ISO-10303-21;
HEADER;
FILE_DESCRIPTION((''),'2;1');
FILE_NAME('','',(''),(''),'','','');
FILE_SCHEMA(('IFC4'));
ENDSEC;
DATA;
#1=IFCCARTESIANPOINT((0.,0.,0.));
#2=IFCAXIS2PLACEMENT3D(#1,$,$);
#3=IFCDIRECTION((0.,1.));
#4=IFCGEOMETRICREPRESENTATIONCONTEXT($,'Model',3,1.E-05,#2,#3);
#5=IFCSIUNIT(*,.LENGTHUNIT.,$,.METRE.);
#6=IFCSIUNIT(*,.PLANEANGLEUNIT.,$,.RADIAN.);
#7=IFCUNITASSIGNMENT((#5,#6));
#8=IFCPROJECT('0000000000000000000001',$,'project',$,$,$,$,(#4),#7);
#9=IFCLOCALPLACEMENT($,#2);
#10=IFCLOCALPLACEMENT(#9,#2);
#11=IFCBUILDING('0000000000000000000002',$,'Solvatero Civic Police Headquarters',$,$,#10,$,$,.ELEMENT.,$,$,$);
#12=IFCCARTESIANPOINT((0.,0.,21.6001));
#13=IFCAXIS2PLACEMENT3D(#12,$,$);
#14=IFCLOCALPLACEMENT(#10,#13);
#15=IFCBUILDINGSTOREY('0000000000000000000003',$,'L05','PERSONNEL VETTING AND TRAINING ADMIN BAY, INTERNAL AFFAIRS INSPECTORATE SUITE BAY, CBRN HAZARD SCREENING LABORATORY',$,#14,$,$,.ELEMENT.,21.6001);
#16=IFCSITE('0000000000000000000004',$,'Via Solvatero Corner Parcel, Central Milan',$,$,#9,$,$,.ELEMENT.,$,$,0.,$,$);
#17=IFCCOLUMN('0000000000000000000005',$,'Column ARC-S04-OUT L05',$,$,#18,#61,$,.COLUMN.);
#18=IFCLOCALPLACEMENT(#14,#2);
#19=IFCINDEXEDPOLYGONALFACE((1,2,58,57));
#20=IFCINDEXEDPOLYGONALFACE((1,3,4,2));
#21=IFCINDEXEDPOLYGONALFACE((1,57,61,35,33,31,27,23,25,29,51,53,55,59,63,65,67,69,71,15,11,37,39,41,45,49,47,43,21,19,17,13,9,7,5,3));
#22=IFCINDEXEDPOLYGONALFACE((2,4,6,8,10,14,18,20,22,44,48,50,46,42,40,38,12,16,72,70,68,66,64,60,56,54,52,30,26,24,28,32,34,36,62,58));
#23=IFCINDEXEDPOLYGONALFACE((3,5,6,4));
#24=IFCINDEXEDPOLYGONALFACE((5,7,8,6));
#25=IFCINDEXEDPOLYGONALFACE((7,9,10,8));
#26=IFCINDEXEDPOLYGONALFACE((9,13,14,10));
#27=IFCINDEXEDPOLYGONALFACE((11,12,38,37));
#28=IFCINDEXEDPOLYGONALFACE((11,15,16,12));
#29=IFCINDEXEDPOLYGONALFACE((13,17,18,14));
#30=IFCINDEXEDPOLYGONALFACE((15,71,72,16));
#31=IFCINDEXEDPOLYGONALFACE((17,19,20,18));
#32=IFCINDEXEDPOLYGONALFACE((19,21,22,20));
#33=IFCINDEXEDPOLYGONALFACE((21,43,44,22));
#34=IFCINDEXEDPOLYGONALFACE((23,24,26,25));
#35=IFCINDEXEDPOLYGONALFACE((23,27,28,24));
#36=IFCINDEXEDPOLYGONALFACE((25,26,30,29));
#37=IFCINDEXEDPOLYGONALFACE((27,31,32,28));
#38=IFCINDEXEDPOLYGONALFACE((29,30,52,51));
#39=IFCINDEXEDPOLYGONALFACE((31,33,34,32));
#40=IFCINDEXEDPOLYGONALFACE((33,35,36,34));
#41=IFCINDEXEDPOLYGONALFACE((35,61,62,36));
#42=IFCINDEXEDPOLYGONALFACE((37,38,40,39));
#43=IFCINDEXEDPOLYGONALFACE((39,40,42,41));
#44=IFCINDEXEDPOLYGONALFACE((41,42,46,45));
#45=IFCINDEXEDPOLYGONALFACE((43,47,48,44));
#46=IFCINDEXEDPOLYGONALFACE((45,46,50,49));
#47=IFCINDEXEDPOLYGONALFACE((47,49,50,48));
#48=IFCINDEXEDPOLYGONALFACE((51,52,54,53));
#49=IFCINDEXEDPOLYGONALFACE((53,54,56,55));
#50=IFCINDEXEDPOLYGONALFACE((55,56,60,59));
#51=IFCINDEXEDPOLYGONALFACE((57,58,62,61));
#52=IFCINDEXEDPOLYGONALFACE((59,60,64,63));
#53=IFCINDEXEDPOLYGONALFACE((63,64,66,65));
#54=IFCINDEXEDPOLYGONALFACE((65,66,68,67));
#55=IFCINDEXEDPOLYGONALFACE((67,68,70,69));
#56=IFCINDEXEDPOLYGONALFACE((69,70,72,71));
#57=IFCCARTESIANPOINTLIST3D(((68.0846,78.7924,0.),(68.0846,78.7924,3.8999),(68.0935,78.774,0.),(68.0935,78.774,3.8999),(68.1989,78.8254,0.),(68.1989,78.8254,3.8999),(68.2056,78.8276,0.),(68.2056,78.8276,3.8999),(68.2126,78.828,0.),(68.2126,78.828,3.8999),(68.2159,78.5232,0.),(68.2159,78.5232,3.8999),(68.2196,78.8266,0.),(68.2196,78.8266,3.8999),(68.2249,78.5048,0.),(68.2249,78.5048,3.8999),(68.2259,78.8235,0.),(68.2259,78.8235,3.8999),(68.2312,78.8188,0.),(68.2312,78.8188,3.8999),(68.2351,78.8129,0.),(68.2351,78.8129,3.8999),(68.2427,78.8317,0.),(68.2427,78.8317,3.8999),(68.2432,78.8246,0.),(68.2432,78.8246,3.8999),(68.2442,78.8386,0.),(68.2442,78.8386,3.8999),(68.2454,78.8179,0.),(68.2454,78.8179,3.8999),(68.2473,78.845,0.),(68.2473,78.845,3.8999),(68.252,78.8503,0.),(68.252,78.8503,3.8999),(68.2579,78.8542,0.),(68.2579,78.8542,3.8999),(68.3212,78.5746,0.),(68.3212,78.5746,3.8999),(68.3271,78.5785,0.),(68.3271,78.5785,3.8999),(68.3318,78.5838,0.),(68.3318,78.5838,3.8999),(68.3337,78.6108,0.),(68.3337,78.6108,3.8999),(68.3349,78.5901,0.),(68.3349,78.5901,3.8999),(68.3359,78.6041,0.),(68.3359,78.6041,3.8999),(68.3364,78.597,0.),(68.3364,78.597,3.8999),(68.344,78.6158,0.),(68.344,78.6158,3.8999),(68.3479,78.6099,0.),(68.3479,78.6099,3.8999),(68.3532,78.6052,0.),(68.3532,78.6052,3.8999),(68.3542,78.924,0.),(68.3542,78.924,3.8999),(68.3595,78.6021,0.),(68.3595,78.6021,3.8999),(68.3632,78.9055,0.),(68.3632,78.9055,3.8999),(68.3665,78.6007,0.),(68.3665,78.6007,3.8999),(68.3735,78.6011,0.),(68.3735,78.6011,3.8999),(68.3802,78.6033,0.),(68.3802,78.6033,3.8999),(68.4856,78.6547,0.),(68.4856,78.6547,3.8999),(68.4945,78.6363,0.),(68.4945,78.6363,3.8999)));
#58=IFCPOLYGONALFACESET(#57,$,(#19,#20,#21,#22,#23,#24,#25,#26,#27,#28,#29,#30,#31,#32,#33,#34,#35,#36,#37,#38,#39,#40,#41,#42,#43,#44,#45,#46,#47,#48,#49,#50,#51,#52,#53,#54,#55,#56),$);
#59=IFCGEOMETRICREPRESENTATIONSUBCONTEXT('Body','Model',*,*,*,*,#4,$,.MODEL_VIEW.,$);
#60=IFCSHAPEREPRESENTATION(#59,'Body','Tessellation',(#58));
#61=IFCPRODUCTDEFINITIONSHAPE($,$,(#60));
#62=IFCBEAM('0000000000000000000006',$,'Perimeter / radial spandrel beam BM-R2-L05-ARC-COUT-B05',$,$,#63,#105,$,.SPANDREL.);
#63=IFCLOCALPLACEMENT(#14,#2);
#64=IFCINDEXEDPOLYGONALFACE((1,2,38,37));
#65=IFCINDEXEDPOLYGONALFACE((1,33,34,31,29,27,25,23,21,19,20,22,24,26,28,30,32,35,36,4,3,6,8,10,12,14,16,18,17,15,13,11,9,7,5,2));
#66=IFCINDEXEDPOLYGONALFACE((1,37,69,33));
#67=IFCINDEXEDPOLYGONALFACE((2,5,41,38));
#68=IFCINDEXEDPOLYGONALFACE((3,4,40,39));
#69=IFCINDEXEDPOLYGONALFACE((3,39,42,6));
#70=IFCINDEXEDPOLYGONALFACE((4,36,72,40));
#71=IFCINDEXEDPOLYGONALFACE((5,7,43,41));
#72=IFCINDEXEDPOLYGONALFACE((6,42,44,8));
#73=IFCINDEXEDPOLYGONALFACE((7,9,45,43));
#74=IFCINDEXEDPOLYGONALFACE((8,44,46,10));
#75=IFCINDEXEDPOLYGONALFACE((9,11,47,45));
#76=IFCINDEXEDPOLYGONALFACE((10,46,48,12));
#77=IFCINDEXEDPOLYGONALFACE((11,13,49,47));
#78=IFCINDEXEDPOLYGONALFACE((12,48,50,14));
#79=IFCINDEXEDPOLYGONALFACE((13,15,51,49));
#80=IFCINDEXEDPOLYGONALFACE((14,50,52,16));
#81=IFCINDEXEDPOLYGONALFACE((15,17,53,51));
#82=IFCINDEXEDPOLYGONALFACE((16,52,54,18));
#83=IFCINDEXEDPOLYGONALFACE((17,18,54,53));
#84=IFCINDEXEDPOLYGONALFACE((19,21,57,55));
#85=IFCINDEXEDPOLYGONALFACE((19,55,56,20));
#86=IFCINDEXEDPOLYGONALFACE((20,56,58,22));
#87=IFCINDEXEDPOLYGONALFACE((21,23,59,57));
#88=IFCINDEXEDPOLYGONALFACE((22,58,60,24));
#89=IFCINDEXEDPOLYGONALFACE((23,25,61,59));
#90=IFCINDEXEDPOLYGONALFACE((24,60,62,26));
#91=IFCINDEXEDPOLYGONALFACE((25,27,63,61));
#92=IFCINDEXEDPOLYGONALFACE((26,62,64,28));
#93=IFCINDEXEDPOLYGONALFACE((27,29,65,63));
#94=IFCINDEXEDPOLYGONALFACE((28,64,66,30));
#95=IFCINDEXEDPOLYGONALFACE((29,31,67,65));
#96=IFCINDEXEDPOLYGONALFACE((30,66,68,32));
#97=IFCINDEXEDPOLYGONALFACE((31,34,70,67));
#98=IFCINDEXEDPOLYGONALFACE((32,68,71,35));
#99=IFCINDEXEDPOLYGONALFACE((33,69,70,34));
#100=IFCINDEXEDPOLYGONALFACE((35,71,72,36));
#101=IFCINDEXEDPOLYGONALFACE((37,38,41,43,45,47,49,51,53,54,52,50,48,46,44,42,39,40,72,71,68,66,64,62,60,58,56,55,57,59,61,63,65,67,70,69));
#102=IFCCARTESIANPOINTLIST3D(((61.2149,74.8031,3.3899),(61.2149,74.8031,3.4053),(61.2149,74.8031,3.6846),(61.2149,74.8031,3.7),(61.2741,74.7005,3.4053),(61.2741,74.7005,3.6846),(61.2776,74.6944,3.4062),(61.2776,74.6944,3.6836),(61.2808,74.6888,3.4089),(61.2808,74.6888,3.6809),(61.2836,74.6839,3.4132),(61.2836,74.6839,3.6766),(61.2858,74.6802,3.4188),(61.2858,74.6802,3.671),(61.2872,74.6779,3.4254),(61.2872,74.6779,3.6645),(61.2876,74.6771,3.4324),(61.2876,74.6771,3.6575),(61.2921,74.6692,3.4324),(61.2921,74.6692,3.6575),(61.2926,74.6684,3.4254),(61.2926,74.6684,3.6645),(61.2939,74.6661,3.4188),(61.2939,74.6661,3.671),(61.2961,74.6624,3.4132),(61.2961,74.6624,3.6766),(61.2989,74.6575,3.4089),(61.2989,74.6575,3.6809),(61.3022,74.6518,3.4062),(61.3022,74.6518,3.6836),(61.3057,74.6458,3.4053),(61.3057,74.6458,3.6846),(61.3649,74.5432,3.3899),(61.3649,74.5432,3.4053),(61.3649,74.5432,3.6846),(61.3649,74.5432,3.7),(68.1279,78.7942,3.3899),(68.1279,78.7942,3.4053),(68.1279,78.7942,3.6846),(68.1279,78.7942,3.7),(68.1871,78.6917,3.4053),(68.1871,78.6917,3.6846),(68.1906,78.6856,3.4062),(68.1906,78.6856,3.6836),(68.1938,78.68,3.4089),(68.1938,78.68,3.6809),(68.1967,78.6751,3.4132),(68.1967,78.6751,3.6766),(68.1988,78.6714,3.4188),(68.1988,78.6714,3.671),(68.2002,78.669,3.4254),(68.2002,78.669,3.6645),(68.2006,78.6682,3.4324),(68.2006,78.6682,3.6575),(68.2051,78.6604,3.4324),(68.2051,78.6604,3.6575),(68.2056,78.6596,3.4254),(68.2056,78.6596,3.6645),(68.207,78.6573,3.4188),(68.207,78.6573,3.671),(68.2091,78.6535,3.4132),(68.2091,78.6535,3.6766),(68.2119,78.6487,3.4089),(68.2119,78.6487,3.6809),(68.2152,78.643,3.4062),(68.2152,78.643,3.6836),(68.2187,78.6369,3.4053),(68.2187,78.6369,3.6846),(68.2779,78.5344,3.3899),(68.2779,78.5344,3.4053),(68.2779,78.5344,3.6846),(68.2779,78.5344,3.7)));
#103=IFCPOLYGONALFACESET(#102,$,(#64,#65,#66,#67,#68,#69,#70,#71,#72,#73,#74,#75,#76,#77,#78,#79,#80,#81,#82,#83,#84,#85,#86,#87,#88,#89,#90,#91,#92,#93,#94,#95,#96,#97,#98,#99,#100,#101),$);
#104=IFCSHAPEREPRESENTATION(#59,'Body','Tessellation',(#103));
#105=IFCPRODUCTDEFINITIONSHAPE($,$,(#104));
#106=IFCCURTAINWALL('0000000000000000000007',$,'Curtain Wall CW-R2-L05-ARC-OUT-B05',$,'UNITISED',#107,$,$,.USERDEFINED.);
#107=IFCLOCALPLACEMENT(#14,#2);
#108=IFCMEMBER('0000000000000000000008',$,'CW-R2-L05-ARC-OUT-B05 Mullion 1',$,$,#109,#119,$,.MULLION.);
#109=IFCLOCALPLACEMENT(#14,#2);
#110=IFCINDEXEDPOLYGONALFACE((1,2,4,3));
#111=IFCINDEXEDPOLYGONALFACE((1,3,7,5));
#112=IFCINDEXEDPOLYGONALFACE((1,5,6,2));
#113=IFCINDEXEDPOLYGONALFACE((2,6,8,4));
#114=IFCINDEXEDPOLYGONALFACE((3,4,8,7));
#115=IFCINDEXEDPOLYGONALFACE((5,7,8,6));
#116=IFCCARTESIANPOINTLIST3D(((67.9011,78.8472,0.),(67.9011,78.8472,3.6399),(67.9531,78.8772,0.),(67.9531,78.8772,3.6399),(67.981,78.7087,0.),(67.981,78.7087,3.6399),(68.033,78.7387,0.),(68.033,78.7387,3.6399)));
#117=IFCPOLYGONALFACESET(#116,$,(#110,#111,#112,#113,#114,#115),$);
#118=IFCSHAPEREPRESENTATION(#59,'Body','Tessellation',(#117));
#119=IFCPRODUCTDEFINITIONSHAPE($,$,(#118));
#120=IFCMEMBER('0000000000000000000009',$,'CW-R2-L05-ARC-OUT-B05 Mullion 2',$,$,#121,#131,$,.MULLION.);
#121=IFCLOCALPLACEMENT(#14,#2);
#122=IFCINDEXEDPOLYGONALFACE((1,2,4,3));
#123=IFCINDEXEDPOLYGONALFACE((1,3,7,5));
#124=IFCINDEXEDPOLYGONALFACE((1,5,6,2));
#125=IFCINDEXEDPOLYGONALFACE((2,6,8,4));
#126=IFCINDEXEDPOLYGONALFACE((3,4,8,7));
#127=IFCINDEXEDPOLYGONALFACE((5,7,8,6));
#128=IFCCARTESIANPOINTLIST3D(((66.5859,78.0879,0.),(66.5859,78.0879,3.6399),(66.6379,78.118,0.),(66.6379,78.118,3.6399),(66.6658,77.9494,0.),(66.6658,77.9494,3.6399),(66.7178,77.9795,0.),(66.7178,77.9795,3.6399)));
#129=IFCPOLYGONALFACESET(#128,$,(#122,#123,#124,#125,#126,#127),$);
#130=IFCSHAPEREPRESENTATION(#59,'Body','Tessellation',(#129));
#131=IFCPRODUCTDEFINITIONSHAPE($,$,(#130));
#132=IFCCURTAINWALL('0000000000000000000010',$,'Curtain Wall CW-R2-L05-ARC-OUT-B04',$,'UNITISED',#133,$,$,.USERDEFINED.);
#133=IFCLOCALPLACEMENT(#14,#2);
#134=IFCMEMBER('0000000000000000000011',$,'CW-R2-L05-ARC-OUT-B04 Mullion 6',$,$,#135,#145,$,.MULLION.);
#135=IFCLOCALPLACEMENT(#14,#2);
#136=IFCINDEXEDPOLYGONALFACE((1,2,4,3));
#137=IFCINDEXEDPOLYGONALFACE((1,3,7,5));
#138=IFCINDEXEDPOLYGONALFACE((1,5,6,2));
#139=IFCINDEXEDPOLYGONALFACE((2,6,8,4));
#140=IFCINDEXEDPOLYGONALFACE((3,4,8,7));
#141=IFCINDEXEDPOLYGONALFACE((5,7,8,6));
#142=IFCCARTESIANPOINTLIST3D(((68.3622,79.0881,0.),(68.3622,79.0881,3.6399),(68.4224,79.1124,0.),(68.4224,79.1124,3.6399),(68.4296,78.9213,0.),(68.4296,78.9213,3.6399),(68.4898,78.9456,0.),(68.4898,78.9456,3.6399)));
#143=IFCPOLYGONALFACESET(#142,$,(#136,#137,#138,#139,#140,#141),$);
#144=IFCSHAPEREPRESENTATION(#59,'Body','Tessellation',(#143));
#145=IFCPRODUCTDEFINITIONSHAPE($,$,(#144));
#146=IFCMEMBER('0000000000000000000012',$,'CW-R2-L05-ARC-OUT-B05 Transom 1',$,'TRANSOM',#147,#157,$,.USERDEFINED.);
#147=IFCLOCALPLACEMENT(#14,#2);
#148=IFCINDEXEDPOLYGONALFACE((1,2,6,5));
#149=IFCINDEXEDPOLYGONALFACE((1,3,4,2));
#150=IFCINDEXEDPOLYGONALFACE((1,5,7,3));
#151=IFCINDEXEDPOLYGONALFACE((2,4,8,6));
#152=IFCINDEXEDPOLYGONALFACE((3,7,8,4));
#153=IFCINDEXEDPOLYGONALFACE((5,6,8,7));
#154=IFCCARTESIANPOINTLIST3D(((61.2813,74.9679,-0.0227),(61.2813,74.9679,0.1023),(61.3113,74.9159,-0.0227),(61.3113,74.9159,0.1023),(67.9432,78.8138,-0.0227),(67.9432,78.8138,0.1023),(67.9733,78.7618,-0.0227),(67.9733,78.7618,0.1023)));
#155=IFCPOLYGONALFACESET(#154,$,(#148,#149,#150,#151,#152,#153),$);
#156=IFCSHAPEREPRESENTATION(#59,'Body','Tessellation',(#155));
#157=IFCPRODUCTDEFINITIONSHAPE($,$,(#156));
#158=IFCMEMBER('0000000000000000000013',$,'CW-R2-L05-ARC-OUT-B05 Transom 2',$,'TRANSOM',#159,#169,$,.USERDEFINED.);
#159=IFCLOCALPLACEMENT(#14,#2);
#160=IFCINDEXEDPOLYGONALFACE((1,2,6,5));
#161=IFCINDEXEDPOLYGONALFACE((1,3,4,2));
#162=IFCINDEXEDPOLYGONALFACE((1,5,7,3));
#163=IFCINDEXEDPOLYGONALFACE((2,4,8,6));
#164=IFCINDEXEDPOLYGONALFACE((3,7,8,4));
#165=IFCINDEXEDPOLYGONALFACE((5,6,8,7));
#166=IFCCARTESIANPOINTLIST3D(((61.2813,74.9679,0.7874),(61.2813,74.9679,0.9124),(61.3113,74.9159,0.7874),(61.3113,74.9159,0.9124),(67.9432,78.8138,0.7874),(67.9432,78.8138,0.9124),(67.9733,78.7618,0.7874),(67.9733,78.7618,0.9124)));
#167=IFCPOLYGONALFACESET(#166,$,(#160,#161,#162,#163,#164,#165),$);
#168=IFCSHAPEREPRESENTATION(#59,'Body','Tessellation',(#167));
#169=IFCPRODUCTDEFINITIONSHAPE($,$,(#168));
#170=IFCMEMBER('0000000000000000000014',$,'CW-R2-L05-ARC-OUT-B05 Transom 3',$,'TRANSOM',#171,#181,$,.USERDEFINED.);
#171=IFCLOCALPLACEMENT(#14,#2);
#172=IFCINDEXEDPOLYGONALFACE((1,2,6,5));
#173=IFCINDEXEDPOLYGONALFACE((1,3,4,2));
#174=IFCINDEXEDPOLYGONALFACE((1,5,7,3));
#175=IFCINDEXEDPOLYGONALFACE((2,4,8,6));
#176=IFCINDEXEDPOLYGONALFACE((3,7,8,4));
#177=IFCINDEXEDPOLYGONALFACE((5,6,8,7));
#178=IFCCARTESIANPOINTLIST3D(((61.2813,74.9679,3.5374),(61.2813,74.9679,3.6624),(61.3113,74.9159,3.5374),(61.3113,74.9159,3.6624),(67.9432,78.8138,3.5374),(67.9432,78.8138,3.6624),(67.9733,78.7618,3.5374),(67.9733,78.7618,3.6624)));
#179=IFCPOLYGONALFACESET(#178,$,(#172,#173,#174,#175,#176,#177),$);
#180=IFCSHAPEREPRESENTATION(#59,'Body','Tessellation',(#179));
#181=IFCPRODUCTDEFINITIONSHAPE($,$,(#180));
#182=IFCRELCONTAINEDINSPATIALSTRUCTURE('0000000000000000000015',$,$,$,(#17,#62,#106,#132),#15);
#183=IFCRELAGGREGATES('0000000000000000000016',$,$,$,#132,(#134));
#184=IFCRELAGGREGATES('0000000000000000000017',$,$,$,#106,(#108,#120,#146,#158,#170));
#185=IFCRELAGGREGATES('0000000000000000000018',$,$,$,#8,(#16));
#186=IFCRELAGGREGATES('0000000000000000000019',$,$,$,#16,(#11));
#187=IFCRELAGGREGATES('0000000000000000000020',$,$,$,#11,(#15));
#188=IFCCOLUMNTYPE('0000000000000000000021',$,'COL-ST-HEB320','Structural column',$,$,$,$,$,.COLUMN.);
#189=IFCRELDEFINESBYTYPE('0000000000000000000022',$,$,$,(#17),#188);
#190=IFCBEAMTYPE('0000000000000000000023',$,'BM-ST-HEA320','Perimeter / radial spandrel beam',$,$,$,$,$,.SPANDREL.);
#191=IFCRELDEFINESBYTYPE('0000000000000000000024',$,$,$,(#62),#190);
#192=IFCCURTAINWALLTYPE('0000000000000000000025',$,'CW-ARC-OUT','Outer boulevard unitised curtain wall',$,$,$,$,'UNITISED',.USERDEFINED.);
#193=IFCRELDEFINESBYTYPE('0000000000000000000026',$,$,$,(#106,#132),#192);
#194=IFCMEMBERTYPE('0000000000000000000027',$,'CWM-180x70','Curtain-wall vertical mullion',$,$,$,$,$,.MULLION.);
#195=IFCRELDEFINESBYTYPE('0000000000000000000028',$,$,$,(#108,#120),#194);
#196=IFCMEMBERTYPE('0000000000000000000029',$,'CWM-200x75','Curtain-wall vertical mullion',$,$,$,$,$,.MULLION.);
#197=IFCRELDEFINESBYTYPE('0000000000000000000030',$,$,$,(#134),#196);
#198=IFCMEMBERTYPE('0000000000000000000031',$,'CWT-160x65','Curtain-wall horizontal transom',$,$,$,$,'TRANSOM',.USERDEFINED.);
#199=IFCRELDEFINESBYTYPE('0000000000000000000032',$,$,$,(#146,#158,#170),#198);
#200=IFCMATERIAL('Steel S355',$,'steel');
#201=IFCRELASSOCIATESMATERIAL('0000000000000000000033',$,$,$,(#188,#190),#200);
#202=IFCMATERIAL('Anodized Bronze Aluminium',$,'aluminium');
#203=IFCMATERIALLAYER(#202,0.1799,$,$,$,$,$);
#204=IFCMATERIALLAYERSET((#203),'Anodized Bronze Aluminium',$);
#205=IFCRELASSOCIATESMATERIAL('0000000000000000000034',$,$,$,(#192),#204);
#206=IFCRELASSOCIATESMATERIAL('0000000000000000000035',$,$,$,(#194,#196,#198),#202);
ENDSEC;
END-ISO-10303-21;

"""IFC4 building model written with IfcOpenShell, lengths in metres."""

from ifc_helpers import new_model, si_unit, direction, frame, origin, origin_2d, place, context, subcontext, project, spatial, rectangle, i_section, extrude, material, layer, layer_set, material_profile, profile_set, type_object, element, aggregate, save


model = new_model("IFC4")

# Units and contexts
model_context = context("Model", 3, precision=1e-05, world=origin(), true_north=direction((0.0, 1.0)))
body_context = subcontext(model_context, "Body", "Model", "MODEL_VIEW")
ifc_project = project(units=[si_unit("LENGTHUNIT", "METRE"), si_unit("PLANEANGLEUNIT", "RADIAN")], contexts=[model_context])

# Site, building, storey
site_placement = place(None, origin())
site = spatial("IfcSite", under=ifc_project, at=site_placement, Name="Via Solvatero Corner Parcel, Central Milan", CompositionType="ELEMENT", RefElevation=0.0)
building_placement = place(site_placement, origin())
building = spatial("IfcBuilding", under=site, at=building_placement, Name="Solvatero Civic Police Headquarters", CompositionType="ELEMENT")
storey_placement = place(building_placement, frame((0.0, 0.0, 21.6001)))
storey = spatial("IfcBuildingStorey", under=building, at=storey_placement, Name="L05", Description="PERSONNEL VETTING AND TRAINING ADMIN BAY, INTERNAL AFFAIRS INSPECTORATE SUITE BAY, CBRN HAZARD SCREENING LABORATORY", CompositionType="ELEMENT", Elevation=21.6001)

# Column
ifc_material_1 = material(Name="Steel S355", Category="steel")
ifc_material_profile_1 = material_profile(ifc_material_1, i_section(OverallWidth=0.3, OverallDepth=0.3201, WebThickness=0.0115, FlangeThickness=0.0205, FilletRadius=0.0271, at=origin_2d()), Name="HEB 320")
ifc_profile_set_1 = profile_set([ifc_material_profile_1], Name="Steel S355")
column_type = type_object("IfcColumnType", Name="COL-ST-HEB320", Description="Structural column", PredefinedType="COLUMN", material=ifc_profile_set_1)
column_placement = place(storey_placement, frame((68.2896, 78.7144, 0.0), z_axis=(0.0, 0.0, 1.0), x_axis=(0.898794, 0.438371, 0.0)))
element("IfcColumn", 1, at=column_placement, inside=storey, type_object=column_type, Name="Column ARC-S04-OUT L05", PredefinedType="COLUMN", context=body_context, shape_type="SweptSolid", body=[
    extrude(i_section(OverallWidth=0.3, OverallDepth=0.3201, WebThickness=0.0115, FlangeThickness=0.0205, FilletRadius=0.0271, at=origin_2d()), origin(), (0.0, 0.0, 1.0), 3.8999),
])

# Beam
ifc_material_profile_2 = material_profile(ifc_material_1, i_section(OverallWidth=0.3, OverallDepth=0.3101, WebThickness=0.009, FlangeThickness=0.0154, FilletRadius=0.0271, at=origin_2d()), Name="HEA 320")
ifc_profile_set_2 = profile_set([ifc_material_profile_2], Name="Steel S355")
beam_type = type_object("IfcBeamType", Name="BM-ST-HEA320", Description="Perimeter / radial spandrel beam", PredefinedType="SPANDREL", material=ifc_profile_set_2)
beam_placement = place(storey_placement, frame((68.2029, 78.6643, 3.5449), z_axis=(-0.866029, -0.499994, 0.0), x_axis=(0.499994, -0.866029, 0.0)))
element("IfcBeam", 2, at=beam_placement, inside=storey, type_object=beam_type, Name="Perimeter / radial spandrel beam BM-R2-L05-ARC-COUT-B05", PredefinedType="SPANDREL", context=body_context, shape_type="SweptSolid", body=[
    extrude(i_section(OverallWidth=0.3, OverallDepth=0.3101, WebThickness=0.009, FlangeThickness=0.0154, FilletRadius=0.0271, at=origin_2d()), origin(), (0.0, 0.0, 1.0), 7.9824),
])

# Curtain wall, members
ifc_material_2 = material(Name="Anodized Bronze Aluminium", Category="aluminium")
ifc_layer_1 = layer(ifc_material_2, 0.1799)
ifc_layer_set_1 = layer_set([ifc_layer_1], Name="Anodized Bronze Aluminium")
curtain_wall_type = type_object("IfcCurtainWallType", Name="CW-ARC-OUT", Description="Outer boulevard unitised curtain wall", ElementType="UNITISED", PredefinedType="USERDEFINED", material=ifc_layer_set_1)
curtain_wall_1_placement = place(storey_placement, origin())
curtain_wall_1 = element("IfcCurtainWall", 3, at=curtain_wall_1_placement, inside=storey, type_object=curtain_wall_type, Name="Curtain Wall CW-R2-L05-ARC-OUT-B05", ObjectType="UNITISED", PredefinedType="USERDEFINED")
ifc_material_profile_3 = material_profile(ifc_material_2, rectangle(XDim=0.0601, YDim=0.1599, at=origin_2d()), Name="ALU MULLION 60x160")
ifc_profile_set_3 = profile_set([ifc_material_profile_3], Name="Anodized Bronze Aluminium")
member_type_1 = type_object("IfcMemberType", Name="CWM-180x70", Description="Curtain-wall vertical mullion", PredefinedType="MULLION", material=ifc_profile_set_3)
member_1_placement = place(storey_placement, frame((67.967, 78.793, 0.0), z_axis=(0.0, 0.0, 1.0), x_axis=(-0.866034, -0.499985, 0.0)))
member_1 = element("IfcMember", 4, at=member_1_placement, type_object=member_type_1, Name="CW-R2-L05-ARC-OUT-B05 Mullion 1", PredefinedType="MULLION", context=body_context, shape_type="SweptSolid", body=[
    extrude(rectangle(XDim=0.0601, YDim=0.1599, at=origin_2d()), origin(), (0.0, 0.0, 1.0), 3.6399),
])
member_2_placement = place(storey_placement, frame((66.6519, 78.0337, 0.0), z_axis=(0.0, 0.0, 1.0), x_axis=(-0.866034, -0.499985, 0.0)))
member_2 = element("IfcMember", 5, at=member_2_placement, type_object=member_type_1, Name="CW-R2-L05-ARC-OUT-B05 Mullion 2", PredefinedType="MULLION", context=body_context, shape_type="SweptSolid", body=[
    extrude(rectangle(XDim=0.0601, YDim=0.1599, at=origin_2d()), origin(), (0.0, 0.0, 1.0), 3.6399),
])

# Curtain wall, member
curtain_wall_2_placement = place(storey_placement, origin())
curtain_wall_2 = element("IfcCurtainWall", 6, at=curtain_wall_2_placement, inside=storey, type_object=curtain_wall_type, Name="Curtain Wall CW-R2-L05-ARC-OUT-B04", ObjectType="UNITISED", PredefinedType="USERDEFINED")
ifc_material_profile_4 = material_profile(ifc_material_2, rectangle(XDim=0.0649, YDim=0.1799, at=origin_2d()), Name="ALU MULLION 65x180")
ifc_profile_set_4 = profile_set([ifc_material_profile_4], Name="Anodized Bronze Aluminium")
member_type_2 = type_object("IfcMemberType", Name="CWM-200x75", Description="Curtain-wall vertical mullion", PredefinedType="MULLION", material=ifc_profile_set_4)
member_3_placement = place(storey_placement, frame((68.426, 79.0168, 0.0), z_axis=(0.0, 0.0, 1.0), x_axis=(-0.927184, -0.374607, 0.0)))
member_3 = element("IfcMember", 7, at=member_3_placement, type_object=member_type_2, Name="CW-R2-L05-ARC-OUT-B04 Mullion 6", PredefinedType="MULLION", context=body_context, shape_type="SweptSolid", body=[
    extrude(rectangle(XDim=0.0649, YDim=0.1799, at=origin_2d()), origin(), (0.0, 0.0, 1.0), 3.6399),
])

# Members
ifc_material_profile_5 = material_profile(ifc_material_2, rectangle(XDim=0.0601, YDim=0.125, at=origin_2d()), Name="ALU TRANSOM 60x125")
ifc_profile_set_5 = profile_set([ifc_material_profile_5], Name="Anodized Bronze Aluminium")
member_type_3 = type_object("IfcMemberType", Name="CWT-160x65", Description="Curtain-wall horizontal transom", ElementType="TRANSOM", PredefinedType="USERDEFINED", material=ifc_profile_set_5)
member_4_placement = place(storey_placement, frame((67.9583, 78.7878, 0.0398), z_axis=(-0.866041, -0.499972, 0.0), x_axis=(0.499972, -0.866041, 0.0)))
member_4 = element("IfcMember", 8, at=member_4_placement, type_object=member_type_3, Name="CW-R2-L05-ARC-OUT-B05 Transom 1", ObjectType="TRANSOM", PredefinedType="USERDEFINED", context=body_context, shape_type="SweptSolid", body=[
    extrude(rectangle(XDim=0.0601, YDim=0.125, at=origin_2d()), origin(), (0.0, 0.0, 1.0), 7.6924),
])
member_5_placement = place(storey_placement, frame((67.9583, 78.7878, 0.8499), z_axis=(-0.866041, -0.499972, 0.0), x_axis=(0.499972, -0.866041, 0.0)))
member_5 = element("IfcMember", 9, at=member_5_placement, type_object=member_type_3, Name="CW-R2-L05-ARC-OUT-B05 Transom 2", ObjectType="TRANSOM", PredefinedType="USERDEFINED", context=body_context, shape_type="SweptSolid", body=[
    extrude(rectangle(XDim=0.0601, YDim=0.125, at=origin_2d()), origin(), (0.0, 0.0, 1.0), 7.6924),
])
member_6_placement = place(storey_placement, frame((67.9583, 78.7878, 3.5999), z_axis=(-0.866041, -0.499972, 0.0), x_axis=(0.499972, -0.866041, 0.0)))
member_6 = element("IfcMember", 10, at=member_6_placement, type_object=member_type_3, Name="CW-R2-L05-ARC-OUT-B05 Transom 3", ObjectType="TRANSOM", PredefinedType="USERDEFINED", context=body_context, shape_type="SweptSolid", body=[
    extrude(rectangle(XDim=0.0601, YDim=0.125, at=origin_2d()), origin(), (0.0, 0.0, 1.0), 7.6924),
])

aggregate(curtain_wall_2, [member_3])
aggregate(curtain_wall_1, [member_1, member_2, member_4, member_5, member_6])

save(model, "model.ifc")
